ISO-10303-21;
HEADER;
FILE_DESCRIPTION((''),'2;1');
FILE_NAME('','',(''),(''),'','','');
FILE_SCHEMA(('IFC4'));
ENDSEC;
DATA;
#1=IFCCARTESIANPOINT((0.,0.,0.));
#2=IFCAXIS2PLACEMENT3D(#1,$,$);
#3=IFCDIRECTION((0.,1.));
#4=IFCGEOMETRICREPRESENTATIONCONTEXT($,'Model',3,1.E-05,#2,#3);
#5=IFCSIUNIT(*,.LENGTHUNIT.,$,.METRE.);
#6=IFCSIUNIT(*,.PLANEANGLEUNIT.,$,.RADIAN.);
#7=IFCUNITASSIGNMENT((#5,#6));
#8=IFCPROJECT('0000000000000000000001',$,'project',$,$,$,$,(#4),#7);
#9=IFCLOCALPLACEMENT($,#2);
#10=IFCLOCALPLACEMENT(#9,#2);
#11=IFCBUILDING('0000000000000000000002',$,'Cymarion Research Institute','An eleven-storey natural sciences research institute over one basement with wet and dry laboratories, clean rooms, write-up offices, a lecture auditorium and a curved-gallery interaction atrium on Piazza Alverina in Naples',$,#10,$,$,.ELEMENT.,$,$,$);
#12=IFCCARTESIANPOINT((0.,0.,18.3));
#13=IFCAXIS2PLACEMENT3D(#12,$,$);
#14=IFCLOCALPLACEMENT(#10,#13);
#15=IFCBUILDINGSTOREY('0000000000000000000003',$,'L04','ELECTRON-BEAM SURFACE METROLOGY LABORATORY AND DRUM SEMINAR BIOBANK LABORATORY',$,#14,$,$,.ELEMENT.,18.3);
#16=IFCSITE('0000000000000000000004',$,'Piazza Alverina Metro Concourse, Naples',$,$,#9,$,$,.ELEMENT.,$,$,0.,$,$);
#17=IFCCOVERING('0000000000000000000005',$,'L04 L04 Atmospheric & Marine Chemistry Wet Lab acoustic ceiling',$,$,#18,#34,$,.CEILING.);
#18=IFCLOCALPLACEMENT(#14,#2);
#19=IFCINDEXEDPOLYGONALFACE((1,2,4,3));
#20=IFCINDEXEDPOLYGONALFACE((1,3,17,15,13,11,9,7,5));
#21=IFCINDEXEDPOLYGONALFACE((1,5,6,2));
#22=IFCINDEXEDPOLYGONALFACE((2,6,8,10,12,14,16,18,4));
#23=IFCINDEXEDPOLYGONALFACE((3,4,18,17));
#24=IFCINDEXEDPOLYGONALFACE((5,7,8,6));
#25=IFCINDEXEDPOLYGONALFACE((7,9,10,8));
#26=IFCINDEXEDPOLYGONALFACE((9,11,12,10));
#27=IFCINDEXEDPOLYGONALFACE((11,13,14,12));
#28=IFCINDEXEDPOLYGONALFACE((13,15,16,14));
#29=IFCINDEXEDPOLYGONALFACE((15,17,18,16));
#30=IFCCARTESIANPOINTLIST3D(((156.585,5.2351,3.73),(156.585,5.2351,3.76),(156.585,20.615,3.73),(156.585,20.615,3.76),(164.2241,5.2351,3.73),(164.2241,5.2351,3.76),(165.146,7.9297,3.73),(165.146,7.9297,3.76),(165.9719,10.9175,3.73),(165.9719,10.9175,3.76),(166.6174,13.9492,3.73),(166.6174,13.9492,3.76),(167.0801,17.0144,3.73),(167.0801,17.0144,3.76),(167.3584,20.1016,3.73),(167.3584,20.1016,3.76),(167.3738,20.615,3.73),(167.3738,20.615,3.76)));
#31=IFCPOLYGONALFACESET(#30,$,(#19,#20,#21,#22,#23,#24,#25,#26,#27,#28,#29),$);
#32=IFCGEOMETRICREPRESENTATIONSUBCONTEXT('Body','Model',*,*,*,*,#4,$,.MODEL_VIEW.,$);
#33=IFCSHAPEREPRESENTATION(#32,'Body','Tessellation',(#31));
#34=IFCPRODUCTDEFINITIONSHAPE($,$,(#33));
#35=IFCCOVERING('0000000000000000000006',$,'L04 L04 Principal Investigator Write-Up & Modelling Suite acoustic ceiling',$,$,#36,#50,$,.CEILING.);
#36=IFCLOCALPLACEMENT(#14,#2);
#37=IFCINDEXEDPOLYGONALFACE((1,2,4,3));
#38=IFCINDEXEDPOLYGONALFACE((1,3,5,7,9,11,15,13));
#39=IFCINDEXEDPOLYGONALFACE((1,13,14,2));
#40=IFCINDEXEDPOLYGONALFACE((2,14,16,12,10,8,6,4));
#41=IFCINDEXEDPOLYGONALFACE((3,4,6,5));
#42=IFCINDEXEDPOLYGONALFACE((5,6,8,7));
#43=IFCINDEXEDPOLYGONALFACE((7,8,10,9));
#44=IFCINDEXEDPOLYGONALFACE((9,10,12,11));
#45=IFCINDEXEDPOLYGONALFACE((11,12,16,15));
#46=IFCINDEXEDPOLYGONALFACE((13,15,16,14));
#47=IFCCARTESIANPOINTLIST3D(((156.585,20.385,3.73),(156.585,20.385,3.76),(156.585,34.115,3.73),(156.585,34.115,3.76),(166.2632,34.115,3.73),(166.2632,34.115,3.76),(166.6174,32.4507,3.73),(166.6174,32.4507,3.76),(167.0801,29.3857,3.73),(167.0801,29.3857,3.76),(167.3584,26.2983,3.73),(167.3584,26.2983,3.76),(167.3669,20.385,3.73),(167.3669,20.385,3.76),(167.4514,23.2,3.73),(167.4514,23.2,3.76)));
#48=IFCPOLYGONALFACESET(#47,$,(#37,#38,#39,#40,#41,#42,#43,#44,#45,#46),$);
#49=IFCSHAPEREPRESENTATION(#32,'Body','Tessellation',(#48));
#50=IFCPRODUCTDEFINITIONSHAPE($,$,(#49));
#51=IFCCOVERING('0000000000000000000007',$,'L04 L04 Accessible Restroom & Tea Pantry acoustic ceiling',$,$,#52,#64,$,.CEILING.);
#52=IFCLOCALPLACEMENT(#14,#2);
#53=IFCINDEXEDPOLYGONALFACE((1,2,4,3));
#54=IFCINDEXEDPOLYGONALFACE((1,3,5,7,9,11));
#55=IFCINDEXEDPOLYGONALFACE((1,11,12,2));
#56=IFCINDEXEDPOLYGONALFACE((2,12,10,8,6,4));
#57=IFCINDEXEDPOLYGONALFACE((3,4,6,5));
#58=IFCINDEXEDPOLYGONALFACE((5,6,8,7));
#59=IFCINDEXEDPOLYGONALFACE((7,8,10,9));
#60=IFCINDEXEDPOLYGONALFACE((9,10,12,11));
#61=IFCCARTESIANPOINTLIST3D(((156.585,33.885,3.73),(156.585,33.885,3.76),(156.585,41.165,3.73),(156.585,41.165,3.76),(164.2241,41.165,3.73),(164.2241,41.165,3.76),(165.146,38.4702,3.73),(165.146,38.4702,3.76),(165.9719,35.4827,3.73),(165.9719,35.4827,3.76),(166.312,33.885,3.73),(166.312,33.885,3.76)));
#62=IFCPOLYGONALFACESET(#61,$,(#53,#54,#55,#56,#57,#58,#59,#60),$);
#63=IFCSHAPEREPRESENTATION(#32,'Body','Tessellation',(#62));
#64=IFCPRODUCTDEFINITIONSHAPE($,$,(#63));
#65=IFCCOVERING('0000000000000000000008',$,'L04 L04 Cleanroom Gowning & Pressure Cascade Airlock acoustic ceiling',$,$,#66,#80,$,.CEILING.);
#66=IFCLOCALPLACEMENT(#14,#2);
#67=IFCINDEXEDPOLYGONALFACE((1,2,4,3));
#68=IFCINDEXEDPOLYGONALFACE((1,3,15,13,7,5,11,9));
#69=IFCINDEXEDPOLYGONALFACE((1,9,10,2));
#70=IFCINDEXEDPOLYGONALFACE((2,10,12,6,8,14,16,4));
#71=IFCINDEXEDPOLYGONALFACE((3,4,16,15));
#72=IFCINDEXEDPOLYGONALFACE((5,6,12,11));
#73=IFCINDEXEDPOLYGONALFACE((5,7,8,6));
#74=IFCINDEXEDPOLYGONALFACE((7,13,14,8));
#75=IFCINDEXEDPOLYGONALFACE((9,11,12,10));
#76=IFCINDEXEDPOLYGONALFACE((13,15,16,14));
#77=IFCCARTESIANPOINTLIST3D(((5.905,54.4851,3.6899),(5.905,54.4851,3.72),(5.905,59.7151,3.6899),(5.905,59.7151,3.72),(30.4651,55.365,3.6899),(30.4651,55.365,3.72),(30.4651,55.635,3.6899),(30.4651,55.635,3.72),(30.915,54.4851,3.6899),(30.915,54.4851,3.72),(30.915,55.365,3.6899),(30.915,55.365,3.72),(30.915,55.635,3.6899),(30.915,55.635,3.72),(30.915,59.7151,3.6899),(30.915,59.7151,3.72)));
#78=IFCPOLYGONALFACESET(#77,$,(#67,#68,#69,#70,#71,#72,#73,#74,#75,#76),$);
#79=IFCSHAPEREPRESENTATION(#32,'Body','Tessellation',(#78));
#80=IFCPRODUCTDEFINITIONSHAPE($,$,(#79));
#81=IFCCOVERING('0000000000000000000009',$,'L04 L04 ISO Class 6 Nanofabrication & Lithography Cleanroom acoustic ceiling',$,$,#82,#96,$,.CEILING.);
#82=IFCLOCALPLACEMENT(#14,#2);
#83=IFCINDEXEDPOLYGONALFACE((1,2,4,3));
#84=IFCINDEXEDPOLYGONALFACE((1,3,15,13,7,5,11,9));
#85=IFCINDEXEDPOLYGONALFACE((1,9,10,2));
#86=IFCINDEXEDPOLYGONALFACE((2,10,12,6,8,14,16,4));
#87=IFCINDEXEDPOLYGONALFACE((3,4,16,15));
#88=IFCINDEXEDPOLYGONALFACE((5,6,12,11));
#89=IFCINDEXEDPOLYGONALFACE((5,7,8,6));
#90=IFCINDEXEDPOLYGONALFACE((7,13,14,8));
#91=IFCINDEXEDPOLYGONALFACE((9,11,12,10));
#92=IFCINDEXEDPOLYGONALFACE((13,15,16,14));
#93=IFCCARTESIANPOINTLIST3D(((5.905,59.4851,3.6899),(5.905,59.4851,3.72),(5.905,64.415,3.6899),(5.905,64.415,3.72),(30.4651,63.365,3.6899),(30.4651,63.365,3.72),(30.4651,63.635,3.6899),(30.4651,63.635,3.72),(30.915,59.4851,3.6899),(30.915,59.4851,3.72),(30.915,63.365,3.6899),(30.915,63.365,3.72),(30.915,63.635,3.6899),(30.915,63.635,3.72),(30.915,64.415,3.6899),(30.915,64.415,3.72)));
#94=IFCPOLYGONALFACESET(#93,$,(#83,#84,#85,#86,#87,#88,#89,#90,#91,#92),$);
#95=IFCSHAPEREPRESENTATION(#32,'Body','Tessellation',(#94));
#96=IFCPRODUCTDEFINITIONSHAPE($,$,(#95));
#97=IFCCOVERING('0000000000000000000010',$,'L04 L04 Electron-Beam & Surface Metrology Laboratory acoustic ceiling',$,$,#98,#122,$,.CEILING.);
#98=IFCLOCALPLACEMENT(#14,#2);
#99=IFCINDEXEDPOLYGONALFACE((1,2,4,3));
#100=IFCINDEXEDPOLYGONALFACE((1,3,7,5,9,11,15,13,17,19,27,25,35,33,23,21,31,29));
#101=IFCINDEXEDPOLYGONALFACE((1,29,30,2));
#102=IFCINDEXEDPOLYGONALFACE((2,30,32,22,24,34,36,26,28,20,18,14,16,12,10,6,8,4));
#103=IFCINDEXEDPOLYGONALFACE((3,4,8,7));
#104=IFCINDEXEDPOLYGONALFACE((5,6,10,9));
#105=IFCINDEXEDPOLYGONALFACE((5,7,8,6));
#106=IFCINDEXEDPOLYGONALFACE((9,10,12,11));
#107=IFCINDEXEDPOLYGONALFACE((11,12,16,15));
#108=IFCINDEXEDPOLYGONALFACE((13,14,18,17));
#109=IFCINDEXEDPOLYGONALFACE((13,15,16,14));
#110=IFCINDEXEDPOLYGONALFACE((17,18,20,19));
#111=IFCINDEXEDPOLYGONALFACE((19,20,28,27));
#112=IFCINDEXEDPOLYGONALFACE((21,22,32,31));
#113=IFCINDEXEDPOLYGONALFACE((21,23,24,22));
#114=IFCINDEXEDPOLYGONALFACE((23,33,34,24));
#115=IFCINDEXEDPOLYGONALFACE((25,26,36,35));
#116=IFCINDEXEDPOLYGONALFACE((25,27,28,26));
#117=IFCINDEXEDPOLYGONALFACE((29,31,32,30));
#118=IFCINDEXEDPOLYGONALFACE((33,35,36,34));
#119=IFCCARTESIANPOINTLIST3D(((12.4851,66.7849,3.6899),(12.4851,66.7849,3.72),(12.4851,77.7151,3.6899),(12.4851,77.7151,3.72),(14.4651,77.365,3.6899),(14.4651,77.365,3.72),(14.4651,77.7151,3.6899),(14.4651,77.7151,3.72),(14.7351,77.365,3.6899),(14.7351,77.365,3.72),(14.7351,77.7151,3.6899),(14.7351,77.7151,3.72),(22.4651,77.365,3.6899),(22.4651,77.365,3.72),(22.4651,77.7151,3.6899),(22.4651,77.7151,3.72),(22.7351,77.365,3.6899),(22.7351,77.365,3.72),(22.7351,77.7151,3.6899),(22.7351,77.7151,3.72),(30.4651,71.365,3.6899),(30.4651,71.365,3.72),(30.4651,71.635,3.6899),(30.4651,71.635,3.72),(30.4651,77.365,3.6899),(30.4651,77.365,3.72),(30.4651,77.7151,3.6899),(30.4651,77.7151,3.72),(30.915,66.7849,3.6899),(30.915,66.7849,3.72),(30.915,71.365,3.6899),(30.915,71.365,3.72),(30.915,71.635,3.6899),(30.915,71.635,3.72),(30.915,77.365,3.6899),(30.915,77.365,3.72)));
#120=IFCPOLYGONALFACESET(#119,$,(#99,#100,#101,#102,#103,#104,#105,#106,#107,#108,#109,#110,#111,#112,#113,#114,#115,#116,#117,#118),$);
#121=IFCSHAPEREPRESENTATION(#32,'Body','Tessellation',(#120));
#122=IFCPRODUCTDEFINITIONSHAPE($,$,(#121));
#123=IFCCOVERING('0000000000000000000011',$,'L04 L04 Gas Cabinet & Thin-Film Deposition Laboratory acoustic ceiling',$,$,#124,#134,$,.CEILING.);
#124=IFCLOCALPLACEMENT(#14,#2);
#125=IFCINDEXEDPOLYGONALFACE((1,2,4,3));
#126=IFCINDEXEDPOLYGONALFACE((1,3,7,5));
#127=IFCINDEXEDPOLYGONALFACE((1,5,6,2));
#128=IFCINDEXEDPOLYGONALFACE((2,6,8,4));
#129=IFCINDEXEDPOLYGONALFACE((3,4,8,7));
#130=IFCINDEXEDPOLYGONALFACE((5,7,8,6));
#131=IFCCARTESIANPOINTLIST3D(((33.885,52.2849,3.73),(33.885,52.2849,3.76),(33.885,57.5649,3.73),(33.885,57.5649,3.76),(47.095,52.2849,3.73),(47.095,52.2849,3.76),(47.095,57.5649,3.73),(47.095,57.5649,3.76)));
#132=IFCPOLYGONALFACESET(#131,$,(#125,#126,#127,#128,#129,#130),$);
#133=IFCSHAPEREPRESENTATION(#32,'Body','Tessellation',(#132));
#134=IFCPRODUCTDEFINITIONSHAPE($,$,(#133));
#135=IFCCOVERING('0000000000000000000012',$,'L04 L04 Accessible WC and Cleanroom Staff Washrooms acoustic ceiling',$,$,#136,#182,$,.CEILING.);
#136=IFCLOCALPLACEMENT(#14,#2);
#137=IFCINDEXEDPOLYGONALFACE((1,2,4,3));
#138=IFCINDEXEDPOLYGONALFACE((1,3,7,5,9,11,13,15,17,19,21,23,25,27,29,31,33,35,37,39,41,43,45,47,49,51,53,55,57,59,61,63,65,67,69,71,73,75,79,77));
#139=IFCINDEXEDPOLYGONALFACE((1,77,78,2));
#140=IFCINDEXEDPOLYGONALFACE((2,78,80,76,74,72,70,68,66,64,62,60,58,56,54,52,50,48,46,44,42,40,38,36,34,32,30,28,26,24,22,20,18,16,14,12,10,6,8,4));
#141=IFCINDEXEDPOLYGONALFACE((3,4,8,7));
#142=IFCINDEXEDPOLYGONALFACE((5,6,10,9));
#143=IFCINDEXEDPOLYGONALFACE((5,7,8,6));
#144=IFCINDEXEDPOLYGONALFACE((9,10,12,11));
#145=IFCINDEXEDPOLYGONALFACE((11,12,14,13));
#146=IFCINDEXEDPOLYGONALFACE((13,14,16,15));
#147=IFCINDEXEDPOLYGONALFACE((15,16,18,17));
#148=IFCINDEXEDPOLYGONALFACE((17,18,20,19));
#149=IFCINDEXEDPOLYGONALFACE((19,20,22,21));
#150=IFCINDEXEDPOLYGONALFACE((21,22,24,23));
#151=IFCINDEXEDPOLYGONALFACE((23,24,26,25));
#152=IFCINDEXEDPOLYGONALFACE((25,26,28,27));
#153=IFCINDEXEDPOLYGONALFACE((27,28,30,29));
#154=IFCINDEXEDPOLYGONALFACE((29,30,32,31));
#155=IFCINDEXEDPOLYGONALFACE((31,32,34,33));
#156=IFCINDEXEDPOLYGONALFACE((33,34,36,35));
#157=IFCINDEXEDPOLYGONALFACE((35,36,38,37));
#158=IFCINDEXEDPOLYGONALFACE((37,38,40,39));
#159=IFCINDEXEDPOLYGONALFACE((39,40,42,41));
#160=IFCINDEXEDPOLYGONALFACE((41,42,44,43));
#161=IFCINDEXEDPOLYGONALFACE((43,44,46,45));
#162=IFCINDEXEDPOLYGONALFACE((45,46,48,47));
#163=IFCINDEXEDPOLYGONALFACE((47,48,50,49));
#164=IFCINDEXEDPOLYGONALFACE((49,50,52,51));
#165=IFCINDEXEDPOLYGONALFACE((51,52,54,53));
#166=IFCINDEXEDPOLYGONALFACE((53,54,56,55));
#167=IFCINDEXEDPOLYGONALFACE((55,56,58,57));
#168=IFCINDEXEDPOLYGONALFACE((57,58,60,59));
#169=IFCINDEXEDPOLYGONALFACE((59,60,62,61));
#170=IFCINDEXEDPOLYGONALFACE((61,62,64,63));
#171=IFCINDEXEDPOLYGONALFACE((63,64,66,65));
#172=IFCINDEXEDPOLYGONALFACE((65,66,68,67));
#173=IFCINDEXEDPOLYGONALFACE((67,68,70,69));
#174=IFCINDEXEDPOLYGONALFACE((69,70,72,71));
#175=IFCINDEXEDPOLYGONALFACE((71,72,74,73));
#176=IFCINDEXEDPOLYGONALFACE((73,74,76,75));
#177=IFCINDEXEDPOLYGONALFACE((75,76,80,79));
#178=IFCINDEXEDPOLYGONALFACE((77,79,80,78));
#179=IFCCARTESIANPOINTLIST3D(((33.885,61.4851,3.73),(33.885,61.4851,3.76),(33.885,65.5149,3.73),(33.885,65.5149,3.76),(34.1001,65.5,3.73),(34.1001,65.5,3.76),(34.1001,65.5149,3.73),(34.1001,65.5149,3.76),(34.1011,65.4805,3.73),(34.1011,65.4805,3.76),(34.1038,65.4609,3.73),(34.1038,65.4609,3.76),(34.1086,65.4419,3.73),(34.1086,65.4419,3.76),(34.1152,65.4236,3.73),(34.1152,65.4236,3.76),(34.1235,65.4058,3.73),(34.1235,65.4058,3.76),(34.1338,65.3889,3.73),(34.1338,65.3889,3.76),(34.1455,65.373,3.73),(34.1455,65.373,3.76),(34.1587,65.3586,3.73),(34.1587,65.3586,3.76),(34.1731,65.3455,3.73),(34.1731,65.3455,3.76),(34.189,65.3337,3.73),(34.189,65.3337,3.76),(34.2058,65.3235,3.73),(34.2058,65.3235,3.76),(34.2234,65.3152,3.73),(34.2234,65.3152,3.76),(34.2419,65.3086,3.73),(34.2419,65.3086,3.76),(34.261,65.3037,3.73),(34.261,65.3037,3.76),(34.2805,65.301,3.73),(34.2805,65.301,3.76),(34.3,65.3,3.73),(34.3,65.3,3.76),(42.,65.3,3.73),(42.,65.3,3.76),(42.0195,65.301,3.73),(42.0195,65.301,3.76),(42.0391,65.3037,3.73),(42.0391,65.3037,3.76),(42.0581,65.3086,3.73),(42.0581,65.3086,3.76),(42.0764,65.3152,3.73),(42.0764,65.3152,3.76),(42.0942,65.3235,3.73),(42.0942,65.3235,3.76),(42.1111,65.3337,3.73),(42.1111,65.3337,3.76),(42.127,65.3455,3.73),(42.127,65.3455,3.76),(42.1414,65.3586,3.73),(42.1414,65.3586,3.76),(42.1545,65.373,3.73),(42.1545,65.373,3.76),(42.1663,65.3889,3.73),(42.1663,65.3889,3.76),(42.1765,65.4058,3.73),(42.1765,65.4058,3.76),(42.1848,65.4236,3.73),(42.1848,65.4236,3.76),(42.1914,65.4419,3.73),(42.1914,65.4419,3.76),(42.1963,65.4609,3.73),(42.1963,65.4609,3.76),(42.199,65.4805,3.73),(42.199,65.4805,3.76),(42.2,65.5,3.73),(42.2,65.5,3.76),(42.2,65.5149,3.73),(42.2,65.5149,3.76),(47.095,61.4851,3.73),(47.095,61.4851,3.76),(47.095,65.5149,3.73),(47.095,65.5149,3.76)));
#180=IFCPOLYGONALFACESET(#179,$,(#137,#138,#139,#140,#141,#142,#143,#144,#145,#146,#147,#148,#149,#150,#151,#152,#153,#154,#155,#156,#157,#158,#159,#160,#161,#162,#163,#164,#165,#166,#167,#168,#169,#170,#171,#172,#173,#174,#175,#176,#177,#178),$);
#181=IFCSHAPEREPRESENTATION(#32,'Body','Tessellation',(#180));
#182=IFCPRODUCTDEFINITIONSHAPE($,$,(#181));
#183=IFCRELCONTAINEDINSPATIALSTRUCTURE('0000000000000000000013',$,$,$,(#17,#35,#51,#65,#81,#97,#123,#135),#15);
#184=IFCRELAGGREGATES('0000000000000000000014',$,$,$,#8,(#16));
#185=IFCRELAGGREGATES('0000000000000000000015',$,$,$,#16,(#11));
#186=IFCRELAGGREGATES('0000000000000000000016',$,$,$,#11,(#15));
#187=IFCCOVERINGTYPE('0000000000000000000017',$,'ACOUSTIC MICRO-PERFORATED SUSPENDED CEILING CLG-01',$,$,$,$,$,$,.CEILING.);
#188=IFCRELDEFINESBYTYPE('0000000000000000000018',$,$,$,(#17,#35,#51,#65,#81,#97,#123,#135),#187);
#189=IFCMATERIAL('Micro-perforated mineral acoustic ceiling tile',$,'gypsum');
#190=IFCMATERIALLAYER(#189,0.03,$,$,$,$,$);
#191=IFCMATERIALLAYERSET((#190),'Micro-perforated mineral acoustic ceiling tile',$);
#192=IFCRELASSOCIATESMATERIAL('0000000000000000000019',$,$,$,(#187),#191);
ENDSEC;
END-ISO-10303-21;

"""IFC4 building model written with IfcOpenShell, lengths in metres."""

from ifc_helpers import new_model, si_unit, direction, frame, origin, place, context, subcontext, project, spatial, polyline, outline, extrude, material, layer, layer_set, type_object, element, save


model = new_model("IFC4")

# Units and contexts
model_context = context("Model", 3, precision=1e-05, world=origin(), true_north=direction((0.0, 1.0)))
body_context = subcontext(model_context, "Body", "Model", "MODEL_VIEW")
ifc_project = project(units=[si_unit("LENGTHUNIT", "METRE"), si_unit("PLANEANGLEUNIT", "RADIAN")], contexts=[model_context])

# Site, building, storey
site_placement = place(None, origin())
site = spatial("IfcSite", under=ifc_project, at=site_placement, Name="Piazza Alverina Metro Concourse, Naples", CompositionType="ELEMENT", RefElevation=0.0)
building_placement = place(site_placement, origin())
building = spatial("IfcBuilding", under=site, at=building_placement, Name="Cymarion Research Institute", Description="An eleven-storey natural sciences research institute over one basement with wet and dry laboratories, clean rooms, write-up offices, a lecture auditorium and a curved-gallery interaction atrium on Piazza Alverina in Naples", CompositionType="ELEMENT")
storey_placement = place(building_placement, frame((0.0, 0.0, 18.3)))
storey = spatial("IfcBuildingStorey", under=building, at=storey_placement, Name="L04", Description="ELECTRON-BEAM SURFACE METROLOGY LABORATORY AND DRUM SEMINAR BIOBANK LABORATORY", CompositionType="ELEMENT", Elevation=18.3)

# Coverings
ifc_material_1 = material(Name="Micro-perforated mineral acoustic ceiling tile", Category="gypsum")
ifc_layer_1 = layer(ifc_material_1, 0.03)
ifc_layer_set_1 = layer_set([ifc_layer_1], Name="Micro-perforated mineral acoustic ceiling tile")
covering_type_1 = type_object("IfcCoveringType", Name="ACOUSTIC MICRO-PERFORATED SUSPENDED CEILING CLG-01", PredefinedType="CEILING", material=ifc_layer_set_1)
covering_1_placement = place(storey_placement, frame((0.0, 0.0, 3.73)))
element("IfcCovering", 1, at=covering_1_placement, inside=storey, type_object=covering_type_1, Name="L04 L04 Atmospheric & Marine Chemistry Wet Lab acoustic ceiling", PredefinedType="CEILING", context=body_context, shape_type="SweptSolid", body=[
    extrude(outline(polyline([(167.3738, 20.615), (167.3584, 20.1016), (167.0801, 17.0144), (166.6174, 13.9492), (165.9719, 10.9175), (165.146, 7.9297), (164.2241, 5.2351), (156.585, 5.2351), (156.585, 20.615), (167.3738, 20.615)])), origin(), (0.0, 0.0, 1.0), 0.03),
])
covering_2_placement = place(storey_placement, frame((0.0, 0.0, 3.73)))
element("IfcCovering", 2, at=covering_2_placement, inside=storey, type_object=covering_type_1, Name="L04 L04 Principal Investigator Write-Up & Modelling Suite acoustic ceiling", PredefinedType="CEILING", context=body_context, shape_type="SweptSolid", body=[
    extrude(outline(polyline([(166.2632, 34.115), (166.6174, 32.4507), (167.0801, 29.3857), (167.3584, 26.2983), (167.4514, 23.2), (167.3669, 20.385), (156.585, 20.385), (156.585, 34.115), (166.2632, 34.115)])), origin(), (0.0, 0.0, 1.0), 0.03),
])
covering_3_placement = place(storey_placement, frame((0.0, 0.0, 3.73)))
element("IfcCovering", 3, at=covering_3_placement, inside=storey, type_object=covering_type_1, Name="L04 L04 Accessible Restroom & Tea Pantry acoustic ceiling", PredefinedType="CEILING", context=body_context, shape_type="SweptSolid", body=[
    extrude(outline(polyline([(164.2241, 41.165), (165.146, 38.4702), (165.9719, 35.4827), (166.312, 33.885), (156.585, 33.885), (156.585, 41.165), (164.2241, 41.165)])), origin(), (0.0, 0.0, 1.0), 0.03),
])
covering_4_placement = place(storey_placement, frame((0.0, 0.0, 3.6899)))
element("IfcCovering", 4, at=covering_4_placement, inside=storey, type_object=covering_type_1, Name="L04 L04 Cleanroom Gowning & Pressure Cascade Airlock acoustic ceiling", PredefinedType="CEILING", context=body_context, shape_type="SweptSolid", body=[
    extrude(outline(polyline([(30.4651, 55.635), (30.4651, 55.365), (30.915, 55.365), (30.915, 54.4851), (5.905, 54.4851), (5.905, 59.7151), (30.915, 59.7151), (30.915, 55.635), (30.4651, 55.635)])), origin(), (0.0, 0.0, 1.0), 0.03),
])
covering_5_placement = place(storey_placement, frame((0.0, 0.0, 3.6899)))
element("IfcCovering", 5, at=covering_5_placement, inside=storey, type_object=covering_type_1, Name="L04 L04 ISO Class 6 Nanofabrication & Lithography Cleanroom acoustic ceiling", PredefinedType="CEILING", context=body_context, shape_type="SweptSolid", body=[
    extrude(outline(polyline([(30.4651, 63.635), (30.4651, 63.365), (30.915, 63.365), (30.915, 59.4851), (5.905, 59.4851), (5.905, 64.415), (30.915, 64.415), (30.915, 63.635), (30.4651, 63.635)])), origin(), (0.0, 0.0, 1.0), 0.03),
])
covering_6_placement = place(storey_placement, frame((0.0, 0.0, 3.6899)))
element("IfcCovering", 6, at=covering_6_placement, inside=storey, type_object=covering_type_1, Name="L04 L04 Electron-Beam & Surface Metrology Laboratory acoustic ceiling", PredefinedType="CEILING", context=body_context, shape_type="SweptSolid", body=[
    extrude(outline(polyline([(14.4651, 77.7151), (14.4651, 77.365), (14.7351, 77.365), (14.7351, 77.7151), (22.4651, 77.7151), (22.4651, 77.365), (22.7351, 77.365), (22.7351, 77.7151), (30.4651, 77.7151), (30.4651, 77.365), (30.915, 77.365), (30.915, 71.635), (30.4651, 71.635), (30.4651, 71.365), (30.915, 71.365), (30.915, 66.7849), (12.4851, 66.7849), (12.4851, 77.7151), (14.4651, 77.7151)])), origin(), (0.0, 0.0, 1.0), 0.03),
])
covering_7_placement = place(storey_placement, frame((0.0, 0.0, 3.73)))
element("IfcCovering", 7, at=covering_7_placement, inside=storey, type_object=covering_type_1, Name="L04 L04 Gas Cabinet & Thin-Film Deposition Laboratory acoustic ceiling", PredefinedType="CEILING", context=body_context, shape_type="SweptSolid", body=[
    extrude(outline(polyline([(47.095, 57.5649), (47.095, 52.2849), (33.885, 52.2849), (33.885, 57.5649), (47.095, 57.5649)])), origin(), (0.0, 0.0, 1.0), 0.03),
])
covering_8_placement = place(storey_placement, frame((0.0, 0.0, 3.73)))
element("IfcCovering", 8, at=covering_8_placement, inside=storey, type_object=covering_type_1, Name="L04 L04 Accessible WC and Cleanroom Staff Washrooms acoustic ceiling", PredefinedType="CEILING", context=body_context, shape_type="SweptSolid", body=[
    extrude(outline(polyline([(34.1001, 65.5149), (34.1001, 65.5), (34.1011, 65.4805), (34.1038, 65.4609), (34.1086, 65.4419), (34.1152, 65.4236), (34.1235, 65.4058), (34.1338, 65.3889), (34.1455, 65.373), (34.1587, 65.3586), (34.1731, 65.3455), (34.189, 65.3337), (34.2058, 65.3235), (34.2234, 65.3152), (34.2419, 65.3086), (34.261, 65.3037), (34.2805, 65.301), (34.3, 65.3), (42.0, 65.3), (42.0195, 65.301), (42.0391, 65.3037), (42.0581, 65.3086), (42.0764, 65.3152), (42.0942, 65.3235), (42.1111, 65.3337), (42.127, 65.3455), (42.1414, 65.3586), (42.1545, 65.373), (42.1663, 65.3889), (42.1765, 65.4058), (42.1848, 65.4236), (42.1914, 65.4419), (42.1963, 65.4609), (42.199, 65.4805), (42.2, 65.5), (42.2, 65.5149), (47.095, 65.5149), (47.095, 61.4851), (33.885, 61.4851), (33.885, 65.5149), (34.1001, 65.5149)])), origin(), (0.0, 0.0, 1.0), 0.03),
])

save(model, "model.ifc")
